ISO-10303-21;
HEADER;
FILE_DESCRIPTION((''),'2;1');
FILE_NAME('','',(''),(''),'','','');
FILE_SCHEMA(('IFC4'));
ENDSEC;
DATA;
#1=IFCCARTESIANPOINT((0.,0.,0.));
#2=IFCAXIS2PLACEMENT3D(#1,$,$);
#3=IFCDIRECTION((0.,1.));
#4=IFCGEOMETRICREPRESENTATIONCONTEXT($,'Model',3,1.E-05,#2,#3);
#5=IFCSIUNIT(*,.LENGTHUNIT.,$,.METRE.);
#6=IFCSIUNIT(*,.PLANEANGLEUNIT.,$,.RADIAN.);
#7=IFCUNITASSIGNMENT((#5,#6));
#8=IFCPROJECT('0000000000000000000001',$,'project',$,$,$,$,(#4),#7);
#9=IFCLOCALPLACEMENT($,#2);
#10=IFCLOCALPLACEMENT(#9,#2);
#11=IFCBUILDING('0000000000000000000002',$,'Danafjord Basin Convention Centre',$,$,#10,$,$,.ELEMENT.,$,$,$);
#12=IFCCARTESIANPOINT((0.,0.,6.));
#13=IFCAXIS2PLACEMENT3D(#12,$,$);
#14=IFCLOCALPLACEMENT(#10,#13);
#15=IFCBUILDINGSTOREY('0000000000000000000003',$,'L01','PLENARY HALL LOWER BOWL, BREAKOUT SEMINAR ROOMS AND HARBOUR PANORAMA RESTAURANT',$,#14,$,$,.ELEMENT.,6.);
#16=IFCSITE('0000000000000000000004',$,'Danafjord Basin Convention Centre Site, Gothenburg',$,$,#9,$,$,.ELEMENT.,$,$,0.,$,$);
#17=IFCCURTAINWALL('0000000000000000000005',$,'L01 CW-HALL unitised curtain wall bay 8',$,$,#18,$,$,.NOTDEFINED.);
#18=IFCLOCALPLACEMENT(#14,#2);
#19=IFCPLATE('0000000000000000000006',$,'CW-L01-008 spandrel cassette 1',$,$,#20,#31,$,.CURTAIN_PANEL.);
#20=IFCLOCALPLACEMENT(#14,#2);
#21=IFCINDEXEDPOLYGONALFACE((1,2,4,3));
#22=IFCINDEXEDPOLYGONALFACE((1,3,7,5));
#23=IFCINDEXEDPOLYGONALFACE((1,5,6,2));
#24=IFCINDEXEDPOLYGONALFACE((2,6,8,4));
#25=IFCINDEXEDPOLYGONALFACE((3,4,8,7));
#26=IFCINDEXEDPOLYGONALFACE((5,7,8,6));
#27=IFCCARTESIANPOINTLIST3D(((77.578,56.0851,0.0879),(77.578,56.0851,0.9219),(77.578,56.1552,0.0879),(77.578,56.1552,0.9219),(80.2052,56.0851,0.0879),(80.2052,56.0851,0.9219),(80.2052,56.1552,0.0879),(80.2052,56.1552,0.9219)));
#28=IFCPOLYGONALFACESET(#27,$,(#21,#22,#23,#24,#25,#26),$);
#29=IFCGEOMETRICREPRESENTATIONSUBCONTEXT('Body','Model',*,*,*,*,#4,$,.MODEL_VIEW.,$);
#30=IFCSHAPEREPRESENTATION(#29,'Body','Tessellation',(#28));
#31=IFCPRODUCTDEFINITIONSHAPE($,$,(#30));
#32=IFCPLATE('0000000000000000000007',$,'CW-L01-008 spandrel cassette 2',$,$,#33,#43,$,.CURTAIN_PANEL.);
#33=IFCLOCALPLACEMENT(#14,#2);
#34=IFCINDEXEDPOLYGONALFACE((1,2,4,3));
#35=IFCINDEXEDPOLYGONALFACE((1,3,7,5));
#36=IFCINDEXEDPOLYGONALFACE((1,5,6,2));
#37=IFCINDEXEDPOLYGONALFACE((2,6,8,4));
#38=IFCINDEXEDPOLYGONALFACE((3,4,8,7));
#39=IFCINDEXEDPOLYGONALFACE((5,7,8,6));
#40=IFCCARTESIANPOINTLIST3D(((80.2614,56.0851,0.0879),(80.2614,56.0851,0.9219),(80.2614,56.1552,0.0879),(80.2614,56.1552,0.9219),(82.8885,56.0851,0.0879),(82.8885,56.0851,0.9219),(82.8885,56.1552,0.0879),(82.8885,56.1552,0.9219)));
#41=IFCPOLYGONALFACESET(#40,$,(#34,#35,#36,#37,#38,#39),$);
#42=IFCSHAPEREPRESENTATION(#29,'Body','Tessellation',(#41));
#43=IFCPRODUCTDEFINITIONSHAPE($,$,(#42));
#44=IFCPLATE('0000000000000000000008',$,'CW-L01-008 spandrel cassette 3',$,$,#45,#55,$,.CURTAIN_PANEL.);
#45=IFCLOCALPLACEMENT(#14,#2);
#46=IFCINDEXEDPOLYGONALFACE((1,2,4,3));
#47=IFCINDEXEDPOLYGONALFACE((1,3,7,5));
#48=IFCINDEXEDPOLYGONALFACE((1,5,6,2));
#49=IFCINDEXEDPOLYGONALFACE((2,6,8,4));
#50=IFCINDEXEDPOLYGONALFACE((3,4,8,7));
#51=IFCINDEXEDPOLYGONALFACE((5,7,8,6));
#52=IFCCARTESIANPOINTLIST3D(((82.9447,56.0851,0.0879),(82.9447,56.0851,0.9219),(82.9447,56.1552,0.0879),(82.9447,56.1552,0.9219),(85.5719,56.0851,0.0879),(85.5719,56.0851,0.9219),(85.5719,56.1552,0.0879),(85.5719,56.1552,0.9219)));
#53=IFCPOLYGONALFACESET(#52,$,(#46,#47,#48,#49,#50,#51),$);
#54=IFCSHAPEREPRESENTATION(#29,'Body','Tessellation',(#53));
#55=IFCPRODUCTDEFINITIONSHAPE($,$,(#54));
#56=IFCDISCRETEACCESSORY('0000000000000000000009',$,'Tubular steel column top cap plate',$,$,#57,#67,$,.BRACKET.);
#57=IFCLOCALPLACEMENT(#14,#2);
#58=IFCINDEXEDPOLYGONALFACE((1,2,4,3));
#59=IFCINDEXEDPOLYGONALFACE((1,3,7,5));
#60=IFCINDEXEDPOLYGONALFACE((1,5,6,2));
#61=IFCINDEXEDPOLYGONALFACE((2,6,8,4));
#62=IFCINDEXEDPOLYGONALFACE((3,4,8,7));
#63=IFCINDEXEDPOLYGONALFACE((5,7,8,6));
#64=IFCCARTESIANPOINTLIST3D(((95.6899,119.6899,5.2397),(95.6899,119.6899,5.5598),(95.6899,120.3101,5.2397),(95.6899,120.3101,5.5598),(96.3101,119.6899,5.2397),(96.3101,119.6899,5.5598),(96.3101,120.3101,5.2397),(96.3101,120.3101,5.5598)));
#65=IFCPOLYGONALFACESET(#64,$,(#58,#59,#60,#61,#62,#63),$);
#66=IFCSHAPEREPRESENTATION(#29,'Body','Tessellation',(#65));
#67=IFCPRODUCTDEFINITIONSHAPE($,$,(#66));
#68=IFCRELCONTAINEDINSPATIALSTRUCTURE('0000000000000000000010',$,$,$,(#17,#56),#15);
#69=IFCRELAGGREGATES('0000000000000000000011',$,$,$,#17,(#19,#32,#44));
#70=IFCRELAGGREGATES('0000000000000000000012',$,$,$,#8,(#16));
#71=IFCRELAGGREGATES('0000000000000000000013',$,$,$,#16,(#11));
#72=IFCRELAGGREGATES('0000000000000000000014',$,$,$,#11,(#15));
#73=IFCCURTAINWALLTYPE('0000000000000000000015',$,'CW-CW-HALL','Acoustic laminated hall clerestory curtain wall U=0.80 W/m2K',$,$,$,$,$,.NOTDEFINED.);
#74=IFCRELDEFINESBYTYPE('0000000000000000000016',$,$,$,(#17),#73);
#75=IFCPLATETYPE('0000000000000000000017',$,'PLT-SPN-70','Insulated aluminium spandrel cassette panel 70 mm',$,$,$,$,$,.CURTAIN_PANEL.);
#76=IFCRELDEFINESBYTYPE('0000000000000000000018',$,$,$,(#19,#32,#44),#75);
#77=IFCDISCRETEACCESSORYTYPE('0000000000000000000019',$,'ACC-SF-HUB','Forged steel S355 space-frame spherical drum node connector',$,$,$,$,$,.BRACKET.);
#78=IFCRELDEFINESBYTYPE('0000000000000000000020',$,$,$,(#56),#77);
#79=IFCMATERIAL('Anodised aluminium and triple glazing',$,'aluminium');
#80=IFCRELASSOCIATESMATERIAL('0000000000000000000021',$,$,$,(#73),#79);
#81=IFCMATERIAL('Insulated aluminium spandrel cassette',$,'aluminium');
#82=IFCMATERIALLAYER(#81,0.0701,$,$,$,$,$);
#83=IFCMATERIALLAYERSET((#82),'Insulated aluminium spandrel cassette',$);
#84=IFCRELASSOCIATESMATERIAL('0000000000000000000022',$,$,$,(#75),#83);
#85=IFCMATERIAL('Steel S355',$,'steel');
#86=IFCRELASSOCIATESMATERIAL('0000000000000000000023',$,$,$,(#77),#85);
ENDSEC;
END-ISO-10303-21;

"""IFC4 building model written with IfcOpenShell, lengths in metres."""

from ifc_helpers import new_model, si_unit, direction, frame, origin, origin_2d, place, context, subcontext, project, spatial, rectangle, extrude, material, layer, layer_set, type_object, element, aggregate, save


model = new_model("IFC4")

# Units and contexts
model_context = context("Model", 3, precision=1e-05, world=origin(), true_north=direction((0.0, 1.0)))
body_context = subcontext(model_context, "Body", "Model", "MODEL_VIEW")
ifc_project = project(units=[si_unit("LENGTHUNIT", "METRE"), si_unit("PLANEANGLEUNIT", "RADIAN")], contexts=[model_context])

# Site, building, storey
site_placement = place(None, origin())
site = spatial("IfcSite", under=ifc_project, at=site_placement, Name="Danafjord Basin Convention Centre Site, Gothenburg", CompositionType="ELEMENT", RefElevation=0.0)
building_placement = place(site_placement, origin())
building = spatial("IfcBuilding", under=site, at=building_placement, Name="Danafjord Basin Convention Centre", CompositionType="ELEMENT")
storey_placement = place(building_placement, frame((0.0, 0.0, 6.0)))
storey = spatial("IfcBuildingStorey", under=building, at=storey_placement, Name="L01", Description="PLENARY HALL LOWER BOWL, BREAKOUT SEMINAR ROOMS AND HARBOUR PANORAMA RESTAURANT", CompositionType="ELEMENT", Elevation=6.0)

# Shared definitions
ifc_material_1 = material(Name="Steel S355", Category="steel")

# Curtain wall
ifc_material_2 = material(Name="Anodised aluminium and triple glazing", Category="aluminium")
curtain_wall_type = type_object("IfcCurtainWallType", Name="CW-CW-HALL", Description="Acoustic laminated hall clerestory curtain wall U=0.80 W/m2K", PredefinedType="NOTDEFINED", material=ifc_material_2)
curtain_wall_1_placement = place(storey_placement, origin())
curtain_wall_1 = element("IfcCurtainWall", 1, at=curtain_wall_1_placement, inside=storey, type_object=curtain_wall_type, Name="L01 CW-HALL unitised curtain wall bay 8", PredefinedType="NOTDEFINED")

# Plates
ifc_material_3 = material(Name="Insulated aluminium spandrel cassette", Category="aluminium")
ifc_layer_1 = layer(ifc_material_3, 0.0701)
ifc_layer_set_1 = layer_set([ifc_layer_1], Name="Insulated aluminium spandrel cassette")
plate_type_1 = type_object("IfcPlateType", Name="PLT-SPN-70", Description="Insulated aluminium spandrel cassette panel 70 mm", PredefinedType="CURTAIN_PANEL", material=ifc_layer_set_1)
plate_1_placement = place(storey_placement, frame((78.8916, 56.1201, 0.0879), z_axis=(0.0, 0.0, 1.0), x_axis=(1.0, 0.0, 0.0)))
plate_1 = element("IfcPlate", 2, at=plate_1_placement, type_object=plate_type_1, Name="CW-L01-008 spandrel cassette 1", PredefinedType="CURTAIN_PANEL", context=body_context, shape_type="SweptSolid", body=[
    extrude(rectangle(XDim=2.6272, YDim=0.0701, at=origin_2d()), origin(), (0.0, 0.0, 1.0), 0.834),
])
plate_2_placement = place(storey_placement, frame((81.575, 56.1201, 0.0879), z_axis=(0.0, 0.0, 1.0), x_axis=(1.0, 0.0, 0.0)))
plate_2 = element("IfcPlate", 3, at=plate_2_placement, type_object=plate_type_1, Name="CW-L01-008 spandrel cassette 2", PredefinedType="CURTAIN_PANEL", context=body_context, shape_type="SweptSolid", body=[
    extrude(rectangle(XDim=2.6272, YDim=0.0701, at=origin_2d()), origin(), (0.0, 0.0, 1.0), 0.834),
])
plate_3_placement = place(storey_placement, frame((84.2583, 56.1201, 0.0879), z_axis=(0.0, 0.0, 1.0), x_axis=(1.0, 0.0, 0.0)))
plate_3 = element("IfcPlate", 4, at=plate_3_placement, type_object=plate_type_1, Name="CW-L01-008 spandrel cassette 3", PredefinedType="CURTAIN_PANEL", context=body_context, shape_type="SweptSolid", body=[
    extrude(rectangle(XDim=2.6272, YDim=0.0701, at=origin_2d()), origin(), (0.0, 0.0, 1.0), 0.834),
])
aggregate(curtain_wall_1, [plate_1, plate_2, plate_3])

# Discrete accessory
discrete_accessory_type = type_object("IfcDiscreteAccessoryType", Name="ACC-SF-HUB", Description="Forged steel S355 space-frame spherical drum node connector", PredefinedType="BRACKET", material=ifc_material_1)
discrete_accessory_placement = place(storey_placement, frame((96.0, 120.0, 5.2397), z_axis=(0.0, 0.0, 1.0), x_axis=(1.0, 0.0, 0.0)))
element("IfcDiscreteAccessory", 5, at=discrete_accessory_placement, inside=storey, type_object=discrete_accessory_type, Name="Tubular steel column top cap plate", PredefinedType="BRACKET", context=body_context, shape_type="SweptSolid", body=[
    extrude(rectangle(XDim=0.6201, YDim=0.6201, at=origin_2d()), origin(), (0.0, 0.0, 1.0), 0.3201),
])

save(model, "model.ifc")
